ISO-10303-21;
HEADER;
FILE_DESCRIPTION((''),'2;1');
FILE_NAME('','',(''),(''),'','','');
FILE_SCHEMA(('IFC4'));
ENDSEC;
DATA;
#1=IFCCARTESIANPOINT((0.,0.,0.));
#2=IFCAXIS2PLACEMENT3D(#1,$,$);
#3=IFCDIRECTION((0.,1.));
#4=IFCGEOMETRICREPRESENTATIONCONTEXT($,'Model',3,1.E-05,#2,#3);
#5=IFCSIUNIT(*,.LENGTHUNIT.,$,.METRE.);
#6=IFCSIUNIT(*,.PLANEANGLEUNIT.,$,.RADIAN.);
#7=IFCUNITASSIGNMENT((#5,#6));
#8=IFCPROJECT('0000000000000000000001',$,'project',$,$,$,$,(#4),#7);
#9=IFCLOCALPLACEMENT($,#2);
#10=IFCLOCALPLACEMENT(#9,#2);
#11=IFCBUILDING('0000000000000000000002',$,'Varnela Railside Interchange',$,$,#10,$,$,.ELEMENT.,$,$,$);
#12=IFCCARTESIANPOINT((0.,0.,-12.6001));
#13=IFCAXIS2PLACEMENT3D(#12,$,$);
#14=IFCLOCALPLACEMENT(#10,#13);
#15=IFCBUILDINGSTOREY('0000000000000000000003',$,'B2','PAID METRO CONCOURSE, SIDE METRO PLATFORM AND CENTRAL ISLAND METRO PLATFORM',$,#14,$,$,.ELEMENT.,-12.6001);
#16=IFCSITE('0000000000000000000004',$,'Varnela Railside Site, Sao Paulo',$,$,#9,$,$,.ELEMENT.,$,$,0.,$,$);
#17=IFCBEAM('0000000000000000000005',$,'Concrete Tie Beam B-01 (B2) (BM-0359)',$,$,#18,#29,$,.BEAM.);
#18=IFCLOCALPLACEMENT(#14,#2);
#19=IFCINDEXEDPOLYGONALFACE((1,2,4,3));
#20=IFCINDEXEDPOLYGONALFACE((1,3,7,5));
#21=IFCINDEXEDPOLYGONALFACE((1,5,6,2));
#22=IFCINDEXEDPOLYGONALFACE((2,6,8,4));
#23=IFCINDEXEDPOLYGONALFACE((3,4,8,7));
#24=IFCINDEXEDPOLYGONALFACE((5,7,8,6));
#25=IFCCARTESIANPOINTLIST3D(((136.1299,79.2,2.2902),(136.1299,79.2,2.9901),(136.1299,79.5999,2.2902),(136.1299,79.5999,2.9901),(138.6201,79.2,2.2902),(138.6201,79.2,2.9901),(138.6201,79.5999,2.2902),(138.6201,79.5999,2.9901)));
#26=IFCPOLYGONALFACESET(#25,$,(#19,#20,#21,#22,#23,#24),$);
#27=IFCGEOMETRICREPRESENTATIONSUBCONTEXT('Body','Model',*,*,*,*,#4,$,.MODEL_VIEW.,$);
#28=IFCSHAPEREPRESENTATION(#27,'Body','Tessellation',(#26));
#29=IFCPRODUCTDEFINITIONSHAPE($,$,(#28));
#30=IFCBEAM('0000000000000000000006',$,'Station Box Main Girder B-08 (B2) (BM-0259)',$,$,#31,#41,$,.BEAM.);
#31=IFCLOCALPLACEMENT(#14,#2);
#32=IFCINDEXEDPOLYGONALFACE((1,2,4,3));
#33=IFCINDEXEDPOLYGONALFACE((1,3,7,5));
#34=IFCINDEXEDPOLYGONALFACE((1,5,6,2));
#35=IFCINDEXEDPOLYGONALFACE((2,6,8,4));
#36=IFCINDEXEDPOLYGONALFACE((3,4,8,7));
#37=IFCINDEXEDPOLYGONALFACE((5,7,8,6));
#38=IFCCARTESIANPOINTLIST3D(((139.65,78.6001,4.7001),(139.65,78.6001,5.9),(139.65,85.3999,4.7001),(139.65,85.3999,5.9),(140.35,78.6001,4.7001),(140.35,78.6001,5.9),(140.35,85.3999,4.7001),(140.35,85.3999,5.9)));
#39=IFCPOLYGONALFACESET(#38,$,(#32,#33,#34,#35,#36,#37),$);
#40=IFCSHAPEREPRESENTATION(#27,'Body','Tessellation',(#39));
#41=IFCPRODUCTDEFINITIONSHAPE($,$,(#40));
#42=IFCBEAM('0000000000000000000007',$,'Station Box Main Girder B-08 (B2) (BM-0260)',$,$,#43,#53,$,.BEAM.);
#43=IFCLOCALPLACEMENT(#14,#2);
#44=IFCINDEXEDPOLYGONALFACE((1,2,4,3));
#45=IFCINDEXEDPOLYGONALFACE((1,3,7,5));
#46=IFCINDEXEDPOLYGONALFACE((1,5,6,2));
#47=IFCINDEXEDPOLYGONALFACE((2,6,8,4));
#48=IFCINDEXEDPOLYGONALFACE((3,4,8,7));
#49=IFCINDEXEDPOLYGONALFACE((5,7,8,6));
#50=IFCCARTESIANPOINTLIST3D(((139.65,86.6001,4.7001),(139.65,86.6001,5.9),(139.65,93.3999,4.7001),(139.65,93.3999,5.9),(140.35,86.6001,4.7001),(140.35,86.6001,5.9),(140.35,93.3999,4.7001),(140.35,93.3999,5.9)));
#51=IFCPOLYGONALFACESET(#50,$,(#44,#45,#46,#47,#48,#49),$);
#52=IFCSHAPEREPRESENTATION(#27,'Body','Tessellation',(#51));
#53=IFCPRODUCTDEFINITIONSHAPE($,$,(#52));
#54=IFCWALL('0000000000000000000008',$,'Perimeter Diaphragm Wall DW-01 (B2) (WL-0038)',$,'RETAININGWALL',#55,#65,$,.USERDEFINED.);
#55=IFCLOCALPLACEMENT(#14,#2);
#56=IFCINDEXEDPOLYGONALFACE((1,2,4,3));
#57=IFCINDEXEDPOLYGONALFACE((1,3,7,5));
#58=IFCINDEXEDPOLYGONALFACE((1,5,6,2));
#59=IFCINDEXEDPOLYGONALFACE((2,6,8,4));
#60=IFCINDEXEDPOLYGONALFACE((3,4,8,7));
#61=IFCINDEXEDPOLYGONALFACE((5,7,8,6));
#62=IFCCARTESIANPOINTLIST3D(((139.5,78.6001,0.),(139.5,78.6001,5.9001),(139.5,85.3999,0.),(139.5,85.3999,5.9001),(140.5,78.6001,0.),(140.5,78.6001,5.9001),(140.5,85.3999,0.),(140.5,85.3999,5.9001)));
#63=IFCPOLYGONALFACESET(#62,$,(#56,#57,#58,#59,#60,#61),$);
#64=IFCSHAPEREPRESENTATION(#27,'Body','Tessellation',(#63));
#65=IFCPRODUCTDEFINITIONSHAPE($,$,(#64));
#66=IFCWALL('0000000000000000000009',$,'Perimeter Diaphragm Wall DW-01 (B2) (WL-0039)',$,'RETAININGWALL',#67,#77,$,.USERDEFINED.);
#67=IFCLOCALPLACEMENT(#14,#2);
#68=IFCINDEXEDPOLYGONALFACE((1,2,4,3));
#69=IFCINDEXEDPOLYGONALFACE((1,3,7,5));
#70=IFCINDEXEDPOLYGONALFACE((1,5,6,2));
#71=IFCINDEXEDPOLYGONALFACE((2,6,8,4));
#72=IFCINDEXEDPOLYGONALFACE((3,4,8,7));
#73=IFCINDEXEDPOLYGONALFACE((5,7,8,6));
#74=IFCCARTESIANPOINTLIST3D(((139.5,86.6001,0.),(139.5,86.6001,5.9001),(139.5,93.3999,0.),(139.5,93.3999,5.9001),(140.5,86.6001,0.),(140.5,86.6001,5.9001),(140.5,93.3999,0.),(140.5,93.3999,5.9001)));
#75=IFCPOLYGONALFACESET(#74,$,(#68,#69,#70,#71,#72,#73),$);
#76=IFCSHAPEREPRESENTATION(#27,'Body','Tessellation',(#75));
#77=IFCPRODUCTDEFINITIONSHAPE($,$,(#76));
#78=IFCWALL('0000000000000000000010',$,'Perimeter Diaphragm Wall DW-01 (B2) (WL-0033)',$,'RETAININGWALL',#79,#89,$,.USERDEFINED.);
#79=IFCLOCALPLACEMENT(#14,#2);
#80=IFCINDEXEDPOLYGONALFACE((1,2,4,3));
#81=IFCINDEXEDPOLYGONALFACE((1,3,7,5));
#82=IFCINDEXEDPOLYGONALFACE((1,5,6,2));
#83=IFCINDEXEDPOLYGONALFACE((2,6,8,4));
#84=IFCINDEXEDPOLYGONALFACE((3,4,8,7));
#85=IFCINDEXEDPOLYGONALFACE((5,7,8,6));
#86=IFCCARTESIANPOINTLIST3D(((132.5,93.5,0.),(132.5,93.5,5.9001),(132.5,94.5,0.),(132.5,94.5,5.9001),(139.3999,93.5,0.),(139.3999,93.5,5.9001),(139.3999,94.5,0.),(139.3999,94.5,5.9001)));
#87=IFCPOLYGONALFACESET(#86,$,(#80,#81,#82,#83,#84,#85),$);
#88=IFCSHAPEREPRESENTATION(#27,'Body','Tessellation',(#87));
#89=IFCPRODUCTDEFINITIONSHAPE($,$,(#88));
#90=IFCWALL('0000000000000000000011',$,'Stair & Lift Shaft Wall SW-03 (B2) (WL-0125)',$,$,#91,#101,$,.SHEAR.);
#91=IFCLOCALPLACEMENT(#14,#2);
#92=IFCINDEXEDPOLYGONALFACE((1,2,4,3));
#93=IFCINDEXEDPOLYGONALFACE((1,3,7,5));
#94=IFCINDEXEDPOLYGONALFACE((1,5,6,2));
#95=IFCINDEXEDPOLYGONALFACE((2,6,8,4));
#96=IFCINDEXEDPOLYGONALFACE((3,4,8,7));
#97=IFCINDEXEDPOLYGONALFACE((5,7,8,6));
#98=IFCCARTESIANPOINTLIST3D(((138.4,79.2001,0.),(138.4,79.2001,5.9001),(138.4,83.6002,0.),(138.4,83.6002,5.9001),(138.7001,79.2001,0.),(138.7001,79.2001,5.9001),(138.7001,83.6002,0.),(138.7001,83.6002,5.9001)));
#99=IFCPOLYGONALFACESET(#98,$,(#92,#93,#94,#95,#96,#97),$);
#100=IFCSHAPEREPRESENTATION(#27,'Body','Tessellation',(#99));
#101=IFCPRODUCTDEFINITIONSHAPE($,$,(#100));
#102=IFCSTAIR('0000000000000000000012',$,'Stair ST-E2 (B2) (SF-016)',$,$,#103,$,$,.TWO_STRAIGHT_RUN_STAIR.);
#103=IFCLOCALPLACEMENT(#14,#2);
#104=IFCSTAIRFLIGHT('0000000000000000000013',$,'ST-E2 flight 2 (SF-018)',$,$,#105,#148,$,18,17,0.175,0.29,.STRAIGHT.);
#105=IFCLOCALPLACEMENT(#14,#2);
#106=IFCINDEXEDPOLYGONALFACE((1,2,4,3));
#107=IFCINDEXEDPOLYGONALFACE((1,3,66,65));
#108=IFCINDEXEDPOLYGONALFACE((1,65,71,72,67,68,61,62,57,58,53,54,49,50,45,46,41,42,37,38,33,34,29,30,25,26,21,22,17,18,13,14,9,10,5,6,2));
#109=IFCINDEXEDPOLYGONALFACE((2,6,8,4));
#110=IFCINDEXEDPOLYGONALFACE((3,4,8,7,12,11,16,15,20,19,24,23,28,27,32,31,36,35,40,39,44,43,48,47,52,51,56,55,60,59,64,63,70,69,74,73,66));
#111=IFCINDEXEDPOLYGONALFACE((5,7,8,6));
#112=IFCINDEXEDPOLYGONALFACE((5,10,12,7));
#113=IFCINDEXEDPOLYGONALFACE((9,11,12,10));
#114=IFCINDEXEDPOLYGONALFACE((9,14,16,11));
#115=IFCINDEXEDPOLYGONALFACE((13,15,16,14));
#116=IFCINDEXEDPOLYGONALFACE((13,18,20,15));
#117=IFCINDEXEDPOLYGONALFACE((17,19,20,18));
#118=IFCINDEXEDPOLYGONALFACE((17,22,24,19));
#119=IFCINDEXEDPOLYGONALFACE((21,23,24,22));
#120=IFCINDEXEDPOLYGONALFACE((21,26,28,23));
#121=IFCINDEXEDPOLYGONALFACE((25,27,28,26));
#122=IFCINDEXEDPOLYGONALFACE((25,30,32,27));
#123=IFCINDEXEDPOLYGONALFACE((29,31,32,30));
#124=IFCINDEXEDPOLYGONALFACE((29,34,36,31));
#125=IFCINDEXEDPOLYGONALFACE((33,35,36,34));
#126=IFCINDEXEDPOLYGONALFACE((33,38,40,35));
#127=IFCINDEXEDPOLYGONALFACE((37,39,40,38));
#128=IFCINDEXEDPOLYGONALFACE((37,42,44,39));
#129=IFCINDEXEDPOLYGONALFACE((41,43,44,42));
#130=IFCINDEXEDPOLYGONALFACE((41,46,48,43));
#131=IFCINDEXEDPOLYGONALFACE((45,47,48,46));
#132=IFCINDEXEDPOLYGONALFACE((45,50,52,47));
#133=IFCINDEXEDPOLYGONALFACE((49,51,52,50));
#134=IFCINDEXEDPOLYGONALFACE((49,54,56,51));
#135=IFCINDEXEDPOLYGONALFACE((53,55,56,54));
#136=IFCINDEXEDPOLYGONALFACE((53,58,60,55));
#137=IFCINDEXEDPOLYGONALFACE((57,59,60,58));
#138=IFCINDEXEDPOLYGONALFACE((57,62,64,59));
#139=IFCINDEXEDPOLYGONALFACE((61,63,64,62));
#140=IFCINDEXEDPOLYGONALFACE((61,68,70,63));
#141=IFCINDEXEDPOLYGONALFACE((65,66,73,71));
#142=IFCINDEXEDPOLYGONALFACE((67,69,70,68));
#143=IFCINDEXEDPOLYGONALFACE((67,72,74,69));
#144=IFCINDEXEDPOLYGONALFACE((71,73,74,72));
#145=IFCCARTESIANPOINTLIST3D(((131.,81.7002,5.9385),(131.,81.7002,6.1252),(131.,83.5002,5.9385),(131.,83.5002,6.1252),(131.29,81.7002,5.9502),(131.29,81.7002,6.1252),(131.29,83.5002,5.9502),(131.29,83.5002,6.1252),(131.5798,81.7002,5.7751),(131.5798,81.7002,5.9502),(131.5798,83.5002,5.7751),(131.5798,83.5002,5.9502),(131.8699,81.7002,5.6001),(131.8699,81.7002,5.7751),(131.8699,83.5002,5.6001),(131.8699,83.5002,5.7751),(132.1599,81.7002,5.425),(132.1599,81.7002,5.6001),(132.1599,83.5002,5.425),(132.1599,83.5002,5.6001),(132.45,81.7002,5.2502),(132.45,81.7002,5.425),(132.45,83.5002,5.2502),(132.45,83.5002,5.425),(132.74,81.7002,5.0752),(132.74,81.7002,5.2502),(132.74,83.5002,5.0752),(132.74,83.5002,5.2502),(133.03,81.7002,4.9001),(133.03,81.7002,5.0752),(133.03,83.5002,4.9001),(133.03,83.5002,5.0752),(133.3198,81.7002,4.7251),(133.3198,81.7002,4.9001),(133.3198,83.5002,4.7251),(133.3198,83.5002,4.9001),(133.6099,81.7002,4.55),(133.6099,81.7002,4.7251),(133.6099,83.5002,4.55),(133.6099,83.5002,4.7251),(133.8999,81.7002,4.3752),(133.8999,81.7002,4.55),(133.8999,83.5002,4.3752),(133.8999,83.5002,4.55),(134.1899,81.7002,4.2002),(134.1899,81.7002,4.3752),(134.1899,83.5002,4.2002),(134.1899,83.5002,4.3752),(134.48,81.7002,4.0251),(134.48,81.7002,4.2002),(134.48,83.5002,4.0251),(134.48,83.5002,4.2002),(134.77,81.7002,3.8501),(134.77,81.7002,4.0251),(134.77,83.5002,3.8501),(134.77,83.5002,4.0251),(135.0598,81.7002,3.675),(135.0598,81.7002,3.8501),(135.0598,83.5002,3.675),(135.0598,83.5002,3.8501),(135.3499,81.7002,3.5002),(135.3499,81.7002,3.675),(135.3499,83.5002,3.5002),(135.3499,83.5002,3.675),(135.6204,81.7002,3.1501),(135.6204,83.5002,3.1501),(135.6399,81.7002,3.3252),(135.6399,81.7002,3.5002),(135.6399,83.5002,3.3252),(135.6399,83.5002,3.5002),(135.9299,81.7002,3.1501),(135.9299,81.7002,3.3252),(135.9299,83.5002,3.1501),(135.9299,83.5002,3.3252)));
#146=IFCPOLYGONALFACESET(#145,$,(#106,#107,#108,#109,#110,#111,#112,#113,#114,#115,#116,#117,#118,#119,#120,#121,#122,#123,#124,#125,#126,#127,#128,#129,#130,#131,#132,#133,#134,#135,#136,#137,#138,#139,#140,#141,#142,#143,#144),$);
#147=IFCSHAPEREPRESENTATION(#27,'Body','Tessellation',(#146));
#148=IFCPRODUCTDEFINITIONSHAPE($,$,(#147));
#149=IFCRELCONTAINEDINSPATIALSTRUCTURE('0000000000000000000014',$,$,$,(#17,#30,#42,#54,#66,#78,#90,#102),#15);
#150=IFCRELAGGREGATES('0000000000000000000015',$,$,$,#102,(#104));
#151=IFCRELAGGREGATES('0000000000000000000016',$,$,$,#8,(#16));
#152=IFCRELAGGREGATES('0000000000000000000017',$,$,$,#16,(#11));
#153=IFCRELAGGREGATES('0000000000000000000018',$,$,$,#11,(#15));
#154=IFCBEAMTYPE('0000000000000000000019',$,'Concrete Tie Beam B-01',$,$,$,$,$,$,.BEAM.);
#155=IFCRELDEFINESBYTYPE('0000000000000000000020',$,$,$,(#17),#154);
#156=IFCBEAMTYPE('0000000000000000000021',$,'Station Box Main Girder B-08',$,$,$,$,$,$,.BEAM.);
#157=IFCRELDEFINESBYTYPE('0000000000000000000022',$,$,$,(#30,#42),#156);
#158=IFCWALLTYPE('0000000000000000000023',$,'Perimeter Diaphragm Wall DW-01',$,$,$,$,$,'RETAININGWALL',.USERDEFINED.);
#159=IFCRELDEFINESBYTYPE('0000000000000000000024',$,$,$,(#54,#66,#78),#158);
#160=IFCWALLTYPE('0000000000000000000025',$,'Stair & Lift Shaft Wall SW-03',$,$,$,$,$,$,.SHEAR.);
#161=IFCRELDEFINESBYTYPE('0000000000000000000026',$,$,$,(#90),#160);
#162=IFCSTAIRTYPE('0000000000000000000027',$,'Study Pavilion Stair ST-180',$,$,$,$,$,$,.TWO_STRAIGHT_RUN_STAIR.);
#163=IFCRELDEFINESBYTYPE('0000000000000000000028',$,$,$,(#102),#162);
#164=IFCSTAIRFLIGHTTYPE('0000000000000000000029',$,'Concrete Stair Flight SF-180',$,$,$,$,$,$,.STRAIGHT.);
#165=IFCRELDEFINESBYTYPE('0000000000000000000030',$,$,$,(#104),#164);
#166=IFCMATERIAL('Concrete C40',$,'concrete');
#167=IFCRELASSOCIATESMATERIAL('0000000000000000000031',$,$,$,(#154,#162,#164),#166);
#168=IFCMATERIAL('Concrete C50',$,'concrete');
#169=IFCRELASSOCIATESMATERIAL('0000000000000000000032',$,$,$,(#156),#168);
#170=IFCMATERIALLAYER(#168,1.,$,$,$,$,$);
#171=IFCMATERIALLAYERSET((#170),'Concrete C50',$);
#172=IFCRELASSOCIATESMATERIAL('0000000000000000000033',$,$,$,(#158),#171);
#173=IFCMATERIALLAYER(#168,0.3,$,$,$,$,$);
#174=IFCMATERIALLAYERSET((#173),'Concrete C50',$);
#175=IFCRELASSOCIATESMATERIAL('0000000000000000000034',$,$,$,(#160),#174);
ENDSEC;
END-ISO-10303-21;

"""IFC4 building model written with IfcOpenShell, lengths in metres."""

from ifc_helpers import new_model, si_unit, direction, frame, frame_2d, origin, origin_2d, place, context, subcontext, project, spatial, polyline, rectangle, outline, extrude, material, layer, layer_set, material_profile, profile_set, type_object, element, aggregate, save


model = new_model("IFC4")

# Units and contexts
model_context = context("Model", 3, precision=1e-05, world=origin(), true_north=direction((0.0, 1.0)))
body_context = subcontext(model_context, "Body", "Model", "MODEL_VIEW")
ifc_project = project(units=[si_unit("LENGTHUNIT", "METRE"), si_unit("PLANEANGLEUNIT", "RADIAN")], contexts=[model_context])

# Site, building, storey
site_placement = place(None, origin())
site = spatial("IfcSite", under=ifc_project, at=site_placement, Name="Varnela Railside Site, Sao Paulo", CompositionType="ELEMENT", RefElevation=0.0)
building_placement = place(site_placement, origin())
building = spatial("IfcBuilding", under=site, at=building_placement, Name="Varnela Railside Interchange", CompositionType="ELEMENT")
storey_placement = place(building_placement, frame((0.0, 0.0, -12.6001)))
storey = spatial("IfcBuildingStorey", under=building, at=storey_placement, Name="B2", Description="PAID METRO CONCOURSE, SIDE METRO PLATFORM AND CENTRAL ISLAND METRO PLATFORM", CompositionType="ELEMENT", Elevation=-12.6001)

# Shared definitions
ifc_material_1 = material(Name="Concrete C40", Category="concrete")

# Shared definitions
ifc_material_2 = material(Name="Concrete C50", Category="concrete")

# Beams
ifc_material_profile_1 = material_profile(ifc_material_1, rectangle(XDim=0.3999, YDim=0.7, at=origin_2d()), Name="RC 400x700")
ifc_profile_set_1 = profile_set([ifc_material_profile_1], Name="Concrete C40")
beam_type_1 = type_object("IfcBeamType", Name="Concrete Tie Beam B-01", PredefinedType="BEAM", material=ifc_profile_set_1)
beam_1_placement = place(storey_placement, frame((136.1299, 79.3999, 2.6401), z_axis=(1.0, 0.0, 0.0), x_axis=(0.0, 1.0, 0.0)))
element("IfcBeam", 1, at=beam_1_placement, inside=storey, type_object=beam_type_1, Name="Concrete Tie Beam B-01 (B2) (BM-0359)", PredefinedType="BEAM", context=body_context, shape_type="SweptSolid", body=[
    extrude(rectangle(XDim=0.3999, YDim=0.7, at=origin_2d()), origin(), (0.0, 0.0, 1.0), 2.4902),
])
ifc_material_profile_2 = material_profile(ifc_material_2, rectangle(XDim=0.7, YDim=1.2, at=origin_2d()), Name="RC 700x1200")
ifc_profile_set_2 = profile_set([ifc_material_profile_2], Name="Concrete C50")
beam_type_2 = type_object("IfcBeamType", Name="Station Box Main Girder B-08", PredefinedType="BEAM", material=ifc_profile_set_2)
for number, where, z_axis, x_axis, name in (
    (2, (140.0, 78.6001, 5.3), (0.0, 1.0, 0.0), (-1.0, 0.0, 0.0), "Station Box Main Girder B-08 (B2) (BM-0259)"),
    (3, (140.0, 86.6001, 5.3), (0.0, 1.0, 0.0), (-1.0, 0.0, 0.0), "Station Box Main Girder B-08 (B2) (BM-0260)"),
):
    element("IfcBeam", number, at=place(storey_placement, frame(where, z_axis=z_axis, x_axis=x_axis)), inside=storey, type_object=beam_type_2, Name=name, PredefinedType="BEAM", context=body_context, shape_type="SweptSolid", body=[
        extrude(rectangle(XDim=0.7, YDim=1.2, at=origin_2d()), origin(), (0.0, 0.0, 1.0), 6.7998),
    ])

# Walls
ifc_layer_1 = layer(ifc_material_2, 1.0)
ifc_layer_set_1 = layer_set([ifc_layer_1], Name="Concrete C50")
wall_type_1 = type_object("IfcWallType", Name="Perimeter Diaphragm Wall DW-01", ElementType="RETAININGWALL", PredefinedType="USERDEFINED", material=ifc_layer_set_1)
for number, where, z_axis, x_axis, name in (
    (4, (140.0, 78.6001, 0.0), (0.0, 0.0, 1.0), (0.0, 1.0, 0.0), "Perimeter Diaphragm Wall DW-01 (B2) (WL-0038)"),
    (5, (140.0, 86.6001, 0.0), (0.0, 0.0, 1.0), (0.0, 1.0, 0.0), "Perimeter Diaphragm Wall DW-01 (B2) (WL-0039)"),
):
    element("IfcWall", number, at=place(storey_placement, frame(where, z_axis=z_axis, x_axis=x_axis)), inside=storey, type_object=wall_type_1, Name=name, ObjectType="RETAININGWALL", PredefinedType="USERDEFINED", context=body_context, shape_type="SweptSolid", body=[
        extrude(rectangle(XDim=6.7998, YDim=1.0, at=frame_2d((3.3999, 0.0))), origin(), (0.0, 0.0, 1.0), 5.9001),
    ])
wall_1_placement = place(storey_placement, frame((139.3999, 94.0, 0.0), z_axis=(0.0, 0.0, 1.0), x_axis=(-1.0, 0.0, 0.0)))
element("IfcWall", 6, at=wall_1_placement, inside=storey, type_object=wall_type_1, Name="Perimeter Diaphragm Wall DW-01 (B2) (WL-0033)", ObjectType="RETAININGWALL", PredefinedType="USERDEFINED", context=body_context, shape_type="SweptSolid", body=[
    extrude(rectangle(XDim=6.8999, YDim=1.0, at=frame_2d((3.45, 0.0))), origin(), (0.0, 0.0, 1.0), 5.9001),
])
ifc_layer_2 = layer(ifc_material_2, 0.3)
ifc_layer_set_2 = layer_set([ifc_layer_2], Name="Concrete C50")
wall_type_2 = type_object("IfcWallType", Name="Stair & Lift Shaft Wall SW-03", PredefinedType="SHEAR", material=ifc_layer_set_2)
wall_2_placement = place(storey_placement, frame((138.55, 79.2, 0.0), z_axis=(0.0, 0.0, 1.0), x_axis=(0.0, 1.0, 0.0)))
element("IfcWall", 7, at=wall_2_placement, inside=storey, type_object=wall_type_2, Name="Stair & Lift Shaft Wall SW-03 (B2) (WL-0125)", PredefinedType="SHEAR", context=body_context, shape_type="SweptSolid", body=[
    extrude(rectangle(XDim=4.4001, YDim=0.3, at=frame_2d((2.2002, 0.0))), origin(), (0.0, 0.0, 1.0), 5.9001),
])

# Stair, stair flight
stair_type = type_object("IfcStairType", Name="Study Pavilion Stair ST-180", PredefinedType="TWO_STRAIGHT_RUN_STAIR", material=ifc_material_1)
stair_placement = place(storey_placement, origin())
stair = element("IfcStair", 8, at=stair_placement, inside=storey, type_object=stair_type, Name="Stair ST-E2 (B2) (SF-016)", PredefinedType="TWO_STRAIGHT_RUN_STAIR")
stair_flight_type = type_object("IfcStairFlightType", Name="Concrete Stair Flight SF-180", PredefinedType="STRAIGHT", material=ifc_material_1)
stair_flight_placement = place(storey_placement, frame((135.9299, 82.6001, 3.1501), z_axis=(0.0, 0.0, 1.0), x_axis=(-1.0, 0.0, 0.0)))
stair_flight = element("IfcStairFlight", 9, at=stair_flight_placement, type_object=stair_flight_type, Name="ST-E2 flight 2 (SF-018)", NumberOfRisers=18, NumberOfTreads=17, PredefinedType="STRAIGHT", RiserHeight=0.175, TreadLength=0.29, context=body_context, shape_type="SweptSolid", body=[
    extrude(outline(polyline([(0.0, 0.0), (0.0, 0.175), (0.29, 0.175), (0.29, 0.3501), (0.5801, 0.3501), (0.5801, 0.5249), (0.8701, 0.5249), (0.8701, 0.7), (1.1599, 0.7), (1.1599, 0.875), (1.45, 0.875), (1.45, 1.05), (1.74, 1.05), (1.74, 1.2251), (2.03, 1.2251), (2.03, 1.3999), (2.3201, 1.3999), (2.3201, 1.575), (2.6101, 1.575), (2.6101, 1.75), (2.8999, 1.75), (2.8999, 1.925), (3.1899, 1.925), (3.1899, 2.1001), (3.48, 2.1001), (3.48, 2.2749), (3.77, 2.2749), (3.77, 2.45), (4.0601, 2.45), (4.0601, 2.625), (4.3501, 2.625), (4.3501, 2.8), (4.6399, 2.8), (4.6399, 2.9751), (4.9299, 2.9751), (4.9299, 3.1499), (4.9299, 2.7883), (0.3096, 0.0), (0.0, 0.0)])), frame((0.0, 0.8999, 0.0), z_axis=(0.0, -1.0, 0.0), x_axis=(1.0, 0.0, 0.0)), (0.0, 0.0, 1.0), 1.8),
])
aggregate(stair, [stair_flight])

save(model, "model.ifc")
